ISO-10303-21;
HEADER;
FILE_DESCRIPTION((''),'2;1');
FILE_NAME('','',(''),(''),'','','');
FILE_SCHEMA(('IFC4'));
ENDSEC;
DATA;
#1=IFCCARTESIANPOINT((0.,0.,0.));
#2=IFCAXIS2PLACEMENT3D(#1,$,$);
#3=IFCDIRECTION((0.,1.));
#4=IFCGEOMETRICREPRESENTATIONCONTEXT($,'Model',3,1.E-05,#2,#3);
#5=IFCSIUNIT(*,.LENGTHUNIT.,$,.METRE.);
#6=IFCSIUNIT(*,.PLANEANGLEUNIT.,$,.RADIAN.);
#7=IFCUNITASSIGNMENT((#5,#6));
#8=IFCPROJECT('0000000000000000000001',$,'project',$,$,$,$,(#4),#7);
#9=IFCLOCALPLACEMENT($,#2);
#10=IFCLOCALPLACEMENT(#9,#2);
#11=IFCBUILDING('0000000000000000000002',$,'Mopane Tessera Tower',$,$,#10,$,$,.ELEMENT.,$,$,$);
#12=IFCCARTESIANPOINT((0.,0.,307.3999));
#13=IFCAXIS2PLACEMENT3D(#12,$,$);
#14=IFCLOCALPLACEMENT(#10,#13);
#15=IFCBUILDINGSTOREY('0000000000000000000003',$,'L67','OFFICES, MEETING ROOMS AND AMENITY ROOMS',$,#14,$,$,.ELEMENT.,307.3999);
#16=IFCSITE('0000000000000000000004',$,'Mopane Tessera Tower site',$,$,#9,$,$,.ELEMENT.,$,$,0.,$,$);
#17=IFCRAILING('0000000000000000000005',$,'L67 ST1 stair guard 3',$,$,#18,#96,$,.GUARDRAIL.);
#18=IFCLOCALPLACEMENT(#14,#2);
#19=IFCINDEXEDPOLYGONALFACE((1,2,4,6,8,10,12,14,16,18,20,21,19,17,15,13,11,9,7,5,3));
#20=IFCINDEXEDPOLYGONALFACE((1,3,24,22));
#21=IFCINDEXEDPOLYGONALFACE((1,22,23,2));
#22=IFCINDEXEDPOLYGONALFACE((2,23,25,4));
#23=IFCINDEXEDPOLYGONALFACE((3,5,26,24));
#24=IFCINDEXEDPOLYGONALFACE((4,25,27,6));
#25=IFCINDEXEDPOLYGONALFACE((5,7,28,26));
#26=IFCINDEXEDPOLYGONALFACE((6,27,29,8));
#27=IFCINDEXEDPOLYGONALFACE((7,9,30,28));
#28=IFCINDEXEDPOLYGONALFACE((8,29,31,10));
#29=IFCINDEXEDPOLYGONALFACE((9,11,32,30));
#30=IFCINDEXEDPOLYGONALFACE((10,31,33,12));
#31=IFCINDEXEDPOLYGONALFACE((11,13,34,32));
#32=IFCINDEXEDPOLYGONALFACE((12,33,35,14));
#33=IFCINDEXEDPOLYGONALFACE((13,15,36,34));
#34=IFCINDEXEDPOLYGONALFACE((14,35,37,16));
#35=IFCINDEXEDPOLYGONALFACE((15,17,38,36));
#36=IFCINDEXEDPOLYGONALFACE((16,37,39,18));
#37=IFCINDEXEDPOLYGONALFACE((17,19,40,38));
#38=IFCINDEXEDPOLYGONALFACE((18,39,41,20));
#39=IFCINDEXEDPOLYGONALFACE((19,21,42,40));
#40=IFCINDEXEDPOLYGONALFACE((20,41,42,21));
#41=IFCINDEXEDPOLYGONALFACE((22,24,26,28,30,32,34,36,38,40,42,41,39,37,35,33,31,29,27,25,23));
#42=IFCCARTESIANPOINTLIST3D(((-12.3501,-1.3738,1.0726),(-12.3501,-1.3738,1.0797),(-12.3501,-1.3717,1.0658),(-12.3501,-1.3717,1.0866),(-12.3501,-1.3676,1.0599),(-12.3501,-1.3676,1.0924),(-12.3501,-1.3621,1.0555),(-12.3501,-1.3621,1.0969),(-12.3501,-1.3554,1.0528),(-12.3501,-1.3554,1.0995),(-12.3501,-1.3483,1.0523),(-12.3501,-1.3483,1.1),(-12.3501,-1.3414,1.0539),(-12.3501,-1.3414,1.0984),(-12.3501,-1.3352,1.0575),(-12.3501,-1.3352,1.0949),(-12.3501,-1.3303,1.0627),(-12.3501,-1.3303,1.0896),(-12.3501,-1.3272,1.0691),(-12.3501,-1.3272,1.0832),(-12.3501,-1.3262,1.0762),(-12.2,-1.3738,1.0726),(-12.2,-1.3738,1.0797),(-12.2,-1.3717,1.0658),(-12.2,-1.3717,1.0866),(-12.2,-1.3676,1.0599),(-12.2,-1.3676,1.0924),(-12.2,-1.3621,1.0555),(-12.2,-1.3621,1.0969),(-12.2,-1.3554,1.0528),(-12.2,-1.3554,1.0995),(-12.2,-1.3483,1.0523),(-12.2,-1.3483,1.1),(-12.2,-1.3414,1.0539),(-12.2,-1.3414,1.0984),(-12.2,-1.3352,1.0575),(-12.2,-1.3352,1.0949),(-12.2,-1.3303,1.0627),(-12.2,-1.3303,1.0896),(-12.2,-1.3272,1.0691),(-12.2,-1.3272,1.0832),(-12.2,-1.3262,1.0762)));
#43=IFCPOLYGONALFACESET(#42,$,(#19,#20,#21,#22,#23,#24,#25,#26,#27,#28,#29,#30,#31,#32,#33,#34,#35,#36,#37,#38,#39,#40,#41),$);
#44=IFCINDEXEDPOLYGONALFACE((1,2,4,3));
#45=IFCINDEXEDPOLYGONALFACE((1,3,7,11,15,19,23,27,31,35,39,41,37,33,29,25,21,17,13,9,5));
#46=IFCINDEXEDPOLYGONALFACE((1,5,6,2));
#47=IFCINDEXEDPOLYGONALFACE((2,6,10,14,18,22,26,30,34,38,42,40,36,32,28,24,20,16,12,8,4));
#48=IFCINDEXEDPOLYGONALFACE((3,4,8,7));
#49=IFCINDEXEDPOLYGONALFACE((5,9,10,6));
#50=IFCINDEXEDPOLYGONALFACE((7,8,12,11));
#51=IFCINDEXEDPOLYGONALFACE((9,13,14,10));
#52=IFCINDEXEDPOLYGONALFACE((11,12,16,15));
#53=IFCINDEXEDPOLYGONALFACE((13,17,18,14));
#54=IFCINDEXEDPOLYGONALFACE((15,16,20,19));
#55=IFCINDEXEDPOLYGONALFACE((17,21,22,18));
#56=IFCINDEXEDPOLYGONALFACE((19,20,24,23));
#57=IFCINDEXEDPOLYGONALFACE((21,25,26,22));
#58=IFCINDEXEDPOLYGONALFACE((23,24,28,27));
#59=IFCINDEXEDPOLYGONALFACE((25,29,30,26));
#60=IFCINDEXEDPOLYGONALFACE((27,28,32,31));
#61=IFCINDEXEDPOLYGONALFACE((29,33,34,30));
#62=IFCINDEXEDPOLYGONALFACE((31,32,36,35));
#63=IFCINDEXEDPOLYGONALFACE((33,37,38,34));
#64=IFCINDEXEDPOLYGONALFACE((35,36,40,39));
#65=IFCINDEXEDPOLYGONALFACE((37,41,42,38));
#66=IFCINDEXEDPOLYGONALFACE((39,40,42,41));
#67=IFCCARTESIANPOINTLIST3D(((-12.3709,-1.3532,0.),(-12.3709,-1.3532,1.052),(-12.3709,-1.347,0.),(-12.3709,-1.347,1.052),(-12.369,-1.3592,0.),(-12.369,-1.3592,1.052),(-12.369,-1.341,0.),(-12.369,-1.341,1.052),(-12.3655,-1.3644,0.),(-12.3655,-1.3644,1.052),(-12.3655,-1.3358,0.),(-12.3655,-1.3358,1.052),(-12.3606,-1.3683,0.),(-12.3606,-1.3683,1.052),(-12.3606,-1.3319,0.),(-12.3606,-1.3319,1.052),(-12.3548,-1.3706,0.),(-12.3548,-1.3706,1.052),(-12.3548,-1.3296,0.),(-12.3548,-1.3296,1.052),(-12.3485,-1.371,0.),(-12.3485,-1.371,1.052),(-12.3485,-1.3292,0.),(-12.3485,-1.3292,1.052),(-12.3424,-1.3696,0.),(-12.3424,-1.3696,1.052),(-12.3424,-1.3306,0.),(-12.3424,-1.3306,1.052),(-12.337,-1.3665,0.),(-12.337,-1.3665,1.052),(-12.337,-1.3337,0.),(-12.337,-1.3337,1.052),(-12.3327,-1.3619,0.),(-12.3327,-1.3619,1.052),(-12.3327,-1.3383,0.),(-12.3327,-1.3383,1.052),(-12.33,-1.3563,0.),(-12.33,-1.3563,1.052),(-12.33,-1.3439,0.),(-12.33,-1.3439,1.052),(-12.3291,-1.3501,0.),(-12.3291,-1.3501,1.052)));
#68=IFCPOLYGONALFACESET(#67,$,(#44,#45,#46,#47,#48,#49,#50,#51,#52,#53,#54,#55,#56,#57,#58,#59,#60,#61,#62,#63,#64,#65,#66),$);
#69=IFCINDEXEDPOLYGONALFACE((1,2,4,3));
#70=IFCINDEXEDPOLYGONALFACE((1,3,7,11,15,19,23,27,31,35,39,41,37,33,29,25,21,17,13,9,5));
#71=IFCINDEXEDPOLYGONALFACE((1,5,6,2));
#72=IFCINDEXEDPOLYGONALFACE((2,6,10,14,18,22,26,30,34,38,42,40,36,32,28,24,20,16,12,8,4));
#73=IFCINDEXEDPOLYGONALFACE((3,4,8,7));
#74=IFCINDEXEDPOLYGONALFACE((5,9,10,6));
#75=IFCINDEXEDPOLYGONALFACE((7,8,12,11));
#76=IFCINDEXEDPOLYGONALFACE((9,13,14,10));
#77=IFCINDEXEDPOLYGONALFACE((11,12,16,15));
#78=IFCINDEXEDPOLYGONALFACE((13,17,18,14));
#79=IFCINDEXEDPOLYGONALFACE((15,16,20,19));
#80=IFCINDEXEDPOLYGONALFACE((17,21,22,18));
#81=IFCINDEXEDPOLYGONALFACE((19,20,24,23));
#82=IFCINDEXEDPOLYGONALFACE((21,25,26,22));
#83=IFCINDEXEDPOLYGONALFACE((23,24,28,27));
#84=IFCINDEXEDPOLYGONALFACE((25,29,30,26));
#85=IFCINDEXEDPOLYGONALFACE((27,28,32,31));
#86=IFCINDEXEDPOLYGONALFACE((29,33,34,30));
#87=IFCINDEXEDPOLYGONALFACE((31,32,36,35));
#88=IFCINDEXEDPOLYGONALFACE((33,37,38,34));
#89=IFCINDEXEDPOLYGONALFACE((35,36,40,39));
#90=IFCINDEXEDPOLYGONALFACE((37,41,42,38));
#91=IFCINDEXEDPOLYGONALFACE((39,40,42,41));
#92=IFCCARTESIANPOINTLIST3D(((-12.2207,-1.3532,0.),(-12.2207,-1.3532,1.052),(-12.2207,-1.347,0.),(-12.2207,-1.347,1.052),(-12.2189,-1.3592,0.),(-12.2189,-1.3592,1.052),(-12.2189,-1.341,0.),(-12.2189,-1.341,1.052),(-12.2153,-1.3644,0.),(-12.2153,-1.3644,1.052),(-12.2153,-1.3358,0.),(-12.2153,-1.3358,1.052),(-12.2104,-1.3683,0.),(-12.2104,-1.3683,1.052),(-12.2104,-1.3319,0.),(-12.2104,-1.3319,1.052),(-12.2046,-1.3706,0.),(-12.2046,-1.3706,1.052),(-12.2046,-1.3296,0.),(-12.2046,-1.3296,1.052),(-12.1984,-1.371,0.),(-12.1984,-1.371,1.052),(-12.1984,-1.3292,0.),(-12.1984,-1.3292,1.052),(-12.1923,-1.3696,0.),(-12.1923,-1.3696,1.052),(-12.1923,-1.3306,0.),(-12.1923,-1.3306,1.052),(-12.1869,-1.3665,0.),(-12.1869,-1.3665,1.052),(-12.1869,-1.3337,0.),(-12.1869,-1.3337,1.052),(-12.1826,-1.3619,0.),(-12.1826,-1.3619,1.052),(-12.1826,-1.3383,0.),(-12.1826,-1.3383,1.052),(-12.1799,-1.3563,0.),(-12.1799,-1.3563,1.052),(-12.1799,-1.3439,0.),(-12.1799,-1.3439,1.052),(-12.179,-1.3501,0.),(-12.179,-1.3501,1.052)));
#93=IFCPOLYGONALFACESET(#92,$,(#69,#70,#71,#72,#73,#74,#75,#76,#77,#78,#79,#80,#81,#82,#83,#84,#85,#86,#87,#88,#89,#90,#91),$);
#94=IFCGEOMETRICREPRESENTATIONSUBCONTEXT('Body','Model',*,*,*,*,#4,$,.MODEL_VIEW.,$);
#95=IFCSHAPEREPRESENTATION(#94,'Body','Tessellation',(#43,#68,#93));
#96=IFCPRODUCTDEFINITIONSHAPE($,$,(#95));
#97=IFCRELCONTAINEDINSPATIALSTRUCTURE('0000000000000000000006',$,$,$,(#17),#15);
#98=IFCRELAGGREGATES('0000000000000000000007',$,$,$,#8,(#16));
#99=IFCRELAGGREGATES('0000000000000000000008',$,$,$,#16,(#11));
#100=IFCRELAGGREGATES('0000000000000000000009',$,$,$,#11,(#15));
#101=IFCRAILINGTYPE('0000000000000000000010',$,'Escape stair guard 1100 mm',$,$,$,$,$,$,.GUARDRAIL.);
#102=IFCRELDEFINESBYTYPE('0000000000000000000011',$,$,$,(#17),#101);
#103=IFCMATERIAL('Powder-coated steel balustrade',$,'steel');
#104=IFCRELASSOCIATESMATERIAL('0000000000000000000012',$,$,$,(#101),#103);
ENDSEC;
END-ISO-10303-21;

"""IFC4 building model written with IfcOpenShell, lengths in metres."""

from ifc_helpers import new_model, si_unit, direction, frame, origin, origin_2d, place, context, subcontext, project, spatial, circle, extrude, material, type_object, element, save


model = new_model("IFC4")

# Units and contexts
model_context = context("Model", 3, precision=1e-05, world=origin(), true_north=direction((0.0, 1.0)))
body_context = subcontext(model_context, "Body", "Model", "MODEL_VIEW")
ifc_project = project(units=[si_unit("LENGTHUNIT", "METRE"), si_unit("PLANEANGLEUNIT", "RADIAN")], contexts=[model_context])

# Site, building, storey
site_placement = place(None, origin())
site = spatial("IfcSite", under=ifc_project, at=site_placement, Name="Mopane Tessera Tower site", CompositionType="ELEMENT", RefElevation=0.0)
building_placement = place(site_placement, origin())
building = spatial("IfcBuilding", under=site, at=building_placement, Name="Mopane Tessera Tower", CompositionType="ELEMENT")
storey_placement = place(building_placement, frame((0.0, 0.0, 307.3999)))
storey = spatial("IfcBuildingStorey", under=building, at=storey_placement, Name="L67", Description="OFFICES, MEETING ROOMS AND AMENITY ROOMS", CompositionType="ELEMENT", Elevation=307.3999)

# Railing
ifc_material_1 = material(Name="Powder-coated steel balustrade", Category="steel")
railing_type_1 = type_object("IfcRailingType", Name="Escape stair guard 1100 mm", PredefinedType="GUARDRAIL", material=ifc_material_1)
railing_1_placement = place(storey_placement, frame((-12.3501, -1.3501, 0.0)))
element("IfcRailing", 1, at=railing_1_placement, inside=storey, type_object=railing_type_1, Name="L67 ST1 stair guard 3", PredefinedType="GUARDRAIL", context=body_context, shape_type="SweptSolid", body=[
    extrude(circle(Radius=0.0239, at=origin_2d()), frame((0.0, 0.0, 1.0762), z_axis=(1.0, 0.0, 0.0), x_axis=(0.0, 1.0, 0.0)), (0.0, 0.0, 1.0), 0.1501),
    extrude(circle(Radius=0.021, at=origin_2d()), origin(), (0.0, 0.0, 1.0), 1.052),
    extrude(circle(Radius=0.021, at=origin_2d()), frame((0.1501, 0.0, 0.0)), (0.0, 0.0, 1.0), 1.052),
])

save(model, "model.ifc")
